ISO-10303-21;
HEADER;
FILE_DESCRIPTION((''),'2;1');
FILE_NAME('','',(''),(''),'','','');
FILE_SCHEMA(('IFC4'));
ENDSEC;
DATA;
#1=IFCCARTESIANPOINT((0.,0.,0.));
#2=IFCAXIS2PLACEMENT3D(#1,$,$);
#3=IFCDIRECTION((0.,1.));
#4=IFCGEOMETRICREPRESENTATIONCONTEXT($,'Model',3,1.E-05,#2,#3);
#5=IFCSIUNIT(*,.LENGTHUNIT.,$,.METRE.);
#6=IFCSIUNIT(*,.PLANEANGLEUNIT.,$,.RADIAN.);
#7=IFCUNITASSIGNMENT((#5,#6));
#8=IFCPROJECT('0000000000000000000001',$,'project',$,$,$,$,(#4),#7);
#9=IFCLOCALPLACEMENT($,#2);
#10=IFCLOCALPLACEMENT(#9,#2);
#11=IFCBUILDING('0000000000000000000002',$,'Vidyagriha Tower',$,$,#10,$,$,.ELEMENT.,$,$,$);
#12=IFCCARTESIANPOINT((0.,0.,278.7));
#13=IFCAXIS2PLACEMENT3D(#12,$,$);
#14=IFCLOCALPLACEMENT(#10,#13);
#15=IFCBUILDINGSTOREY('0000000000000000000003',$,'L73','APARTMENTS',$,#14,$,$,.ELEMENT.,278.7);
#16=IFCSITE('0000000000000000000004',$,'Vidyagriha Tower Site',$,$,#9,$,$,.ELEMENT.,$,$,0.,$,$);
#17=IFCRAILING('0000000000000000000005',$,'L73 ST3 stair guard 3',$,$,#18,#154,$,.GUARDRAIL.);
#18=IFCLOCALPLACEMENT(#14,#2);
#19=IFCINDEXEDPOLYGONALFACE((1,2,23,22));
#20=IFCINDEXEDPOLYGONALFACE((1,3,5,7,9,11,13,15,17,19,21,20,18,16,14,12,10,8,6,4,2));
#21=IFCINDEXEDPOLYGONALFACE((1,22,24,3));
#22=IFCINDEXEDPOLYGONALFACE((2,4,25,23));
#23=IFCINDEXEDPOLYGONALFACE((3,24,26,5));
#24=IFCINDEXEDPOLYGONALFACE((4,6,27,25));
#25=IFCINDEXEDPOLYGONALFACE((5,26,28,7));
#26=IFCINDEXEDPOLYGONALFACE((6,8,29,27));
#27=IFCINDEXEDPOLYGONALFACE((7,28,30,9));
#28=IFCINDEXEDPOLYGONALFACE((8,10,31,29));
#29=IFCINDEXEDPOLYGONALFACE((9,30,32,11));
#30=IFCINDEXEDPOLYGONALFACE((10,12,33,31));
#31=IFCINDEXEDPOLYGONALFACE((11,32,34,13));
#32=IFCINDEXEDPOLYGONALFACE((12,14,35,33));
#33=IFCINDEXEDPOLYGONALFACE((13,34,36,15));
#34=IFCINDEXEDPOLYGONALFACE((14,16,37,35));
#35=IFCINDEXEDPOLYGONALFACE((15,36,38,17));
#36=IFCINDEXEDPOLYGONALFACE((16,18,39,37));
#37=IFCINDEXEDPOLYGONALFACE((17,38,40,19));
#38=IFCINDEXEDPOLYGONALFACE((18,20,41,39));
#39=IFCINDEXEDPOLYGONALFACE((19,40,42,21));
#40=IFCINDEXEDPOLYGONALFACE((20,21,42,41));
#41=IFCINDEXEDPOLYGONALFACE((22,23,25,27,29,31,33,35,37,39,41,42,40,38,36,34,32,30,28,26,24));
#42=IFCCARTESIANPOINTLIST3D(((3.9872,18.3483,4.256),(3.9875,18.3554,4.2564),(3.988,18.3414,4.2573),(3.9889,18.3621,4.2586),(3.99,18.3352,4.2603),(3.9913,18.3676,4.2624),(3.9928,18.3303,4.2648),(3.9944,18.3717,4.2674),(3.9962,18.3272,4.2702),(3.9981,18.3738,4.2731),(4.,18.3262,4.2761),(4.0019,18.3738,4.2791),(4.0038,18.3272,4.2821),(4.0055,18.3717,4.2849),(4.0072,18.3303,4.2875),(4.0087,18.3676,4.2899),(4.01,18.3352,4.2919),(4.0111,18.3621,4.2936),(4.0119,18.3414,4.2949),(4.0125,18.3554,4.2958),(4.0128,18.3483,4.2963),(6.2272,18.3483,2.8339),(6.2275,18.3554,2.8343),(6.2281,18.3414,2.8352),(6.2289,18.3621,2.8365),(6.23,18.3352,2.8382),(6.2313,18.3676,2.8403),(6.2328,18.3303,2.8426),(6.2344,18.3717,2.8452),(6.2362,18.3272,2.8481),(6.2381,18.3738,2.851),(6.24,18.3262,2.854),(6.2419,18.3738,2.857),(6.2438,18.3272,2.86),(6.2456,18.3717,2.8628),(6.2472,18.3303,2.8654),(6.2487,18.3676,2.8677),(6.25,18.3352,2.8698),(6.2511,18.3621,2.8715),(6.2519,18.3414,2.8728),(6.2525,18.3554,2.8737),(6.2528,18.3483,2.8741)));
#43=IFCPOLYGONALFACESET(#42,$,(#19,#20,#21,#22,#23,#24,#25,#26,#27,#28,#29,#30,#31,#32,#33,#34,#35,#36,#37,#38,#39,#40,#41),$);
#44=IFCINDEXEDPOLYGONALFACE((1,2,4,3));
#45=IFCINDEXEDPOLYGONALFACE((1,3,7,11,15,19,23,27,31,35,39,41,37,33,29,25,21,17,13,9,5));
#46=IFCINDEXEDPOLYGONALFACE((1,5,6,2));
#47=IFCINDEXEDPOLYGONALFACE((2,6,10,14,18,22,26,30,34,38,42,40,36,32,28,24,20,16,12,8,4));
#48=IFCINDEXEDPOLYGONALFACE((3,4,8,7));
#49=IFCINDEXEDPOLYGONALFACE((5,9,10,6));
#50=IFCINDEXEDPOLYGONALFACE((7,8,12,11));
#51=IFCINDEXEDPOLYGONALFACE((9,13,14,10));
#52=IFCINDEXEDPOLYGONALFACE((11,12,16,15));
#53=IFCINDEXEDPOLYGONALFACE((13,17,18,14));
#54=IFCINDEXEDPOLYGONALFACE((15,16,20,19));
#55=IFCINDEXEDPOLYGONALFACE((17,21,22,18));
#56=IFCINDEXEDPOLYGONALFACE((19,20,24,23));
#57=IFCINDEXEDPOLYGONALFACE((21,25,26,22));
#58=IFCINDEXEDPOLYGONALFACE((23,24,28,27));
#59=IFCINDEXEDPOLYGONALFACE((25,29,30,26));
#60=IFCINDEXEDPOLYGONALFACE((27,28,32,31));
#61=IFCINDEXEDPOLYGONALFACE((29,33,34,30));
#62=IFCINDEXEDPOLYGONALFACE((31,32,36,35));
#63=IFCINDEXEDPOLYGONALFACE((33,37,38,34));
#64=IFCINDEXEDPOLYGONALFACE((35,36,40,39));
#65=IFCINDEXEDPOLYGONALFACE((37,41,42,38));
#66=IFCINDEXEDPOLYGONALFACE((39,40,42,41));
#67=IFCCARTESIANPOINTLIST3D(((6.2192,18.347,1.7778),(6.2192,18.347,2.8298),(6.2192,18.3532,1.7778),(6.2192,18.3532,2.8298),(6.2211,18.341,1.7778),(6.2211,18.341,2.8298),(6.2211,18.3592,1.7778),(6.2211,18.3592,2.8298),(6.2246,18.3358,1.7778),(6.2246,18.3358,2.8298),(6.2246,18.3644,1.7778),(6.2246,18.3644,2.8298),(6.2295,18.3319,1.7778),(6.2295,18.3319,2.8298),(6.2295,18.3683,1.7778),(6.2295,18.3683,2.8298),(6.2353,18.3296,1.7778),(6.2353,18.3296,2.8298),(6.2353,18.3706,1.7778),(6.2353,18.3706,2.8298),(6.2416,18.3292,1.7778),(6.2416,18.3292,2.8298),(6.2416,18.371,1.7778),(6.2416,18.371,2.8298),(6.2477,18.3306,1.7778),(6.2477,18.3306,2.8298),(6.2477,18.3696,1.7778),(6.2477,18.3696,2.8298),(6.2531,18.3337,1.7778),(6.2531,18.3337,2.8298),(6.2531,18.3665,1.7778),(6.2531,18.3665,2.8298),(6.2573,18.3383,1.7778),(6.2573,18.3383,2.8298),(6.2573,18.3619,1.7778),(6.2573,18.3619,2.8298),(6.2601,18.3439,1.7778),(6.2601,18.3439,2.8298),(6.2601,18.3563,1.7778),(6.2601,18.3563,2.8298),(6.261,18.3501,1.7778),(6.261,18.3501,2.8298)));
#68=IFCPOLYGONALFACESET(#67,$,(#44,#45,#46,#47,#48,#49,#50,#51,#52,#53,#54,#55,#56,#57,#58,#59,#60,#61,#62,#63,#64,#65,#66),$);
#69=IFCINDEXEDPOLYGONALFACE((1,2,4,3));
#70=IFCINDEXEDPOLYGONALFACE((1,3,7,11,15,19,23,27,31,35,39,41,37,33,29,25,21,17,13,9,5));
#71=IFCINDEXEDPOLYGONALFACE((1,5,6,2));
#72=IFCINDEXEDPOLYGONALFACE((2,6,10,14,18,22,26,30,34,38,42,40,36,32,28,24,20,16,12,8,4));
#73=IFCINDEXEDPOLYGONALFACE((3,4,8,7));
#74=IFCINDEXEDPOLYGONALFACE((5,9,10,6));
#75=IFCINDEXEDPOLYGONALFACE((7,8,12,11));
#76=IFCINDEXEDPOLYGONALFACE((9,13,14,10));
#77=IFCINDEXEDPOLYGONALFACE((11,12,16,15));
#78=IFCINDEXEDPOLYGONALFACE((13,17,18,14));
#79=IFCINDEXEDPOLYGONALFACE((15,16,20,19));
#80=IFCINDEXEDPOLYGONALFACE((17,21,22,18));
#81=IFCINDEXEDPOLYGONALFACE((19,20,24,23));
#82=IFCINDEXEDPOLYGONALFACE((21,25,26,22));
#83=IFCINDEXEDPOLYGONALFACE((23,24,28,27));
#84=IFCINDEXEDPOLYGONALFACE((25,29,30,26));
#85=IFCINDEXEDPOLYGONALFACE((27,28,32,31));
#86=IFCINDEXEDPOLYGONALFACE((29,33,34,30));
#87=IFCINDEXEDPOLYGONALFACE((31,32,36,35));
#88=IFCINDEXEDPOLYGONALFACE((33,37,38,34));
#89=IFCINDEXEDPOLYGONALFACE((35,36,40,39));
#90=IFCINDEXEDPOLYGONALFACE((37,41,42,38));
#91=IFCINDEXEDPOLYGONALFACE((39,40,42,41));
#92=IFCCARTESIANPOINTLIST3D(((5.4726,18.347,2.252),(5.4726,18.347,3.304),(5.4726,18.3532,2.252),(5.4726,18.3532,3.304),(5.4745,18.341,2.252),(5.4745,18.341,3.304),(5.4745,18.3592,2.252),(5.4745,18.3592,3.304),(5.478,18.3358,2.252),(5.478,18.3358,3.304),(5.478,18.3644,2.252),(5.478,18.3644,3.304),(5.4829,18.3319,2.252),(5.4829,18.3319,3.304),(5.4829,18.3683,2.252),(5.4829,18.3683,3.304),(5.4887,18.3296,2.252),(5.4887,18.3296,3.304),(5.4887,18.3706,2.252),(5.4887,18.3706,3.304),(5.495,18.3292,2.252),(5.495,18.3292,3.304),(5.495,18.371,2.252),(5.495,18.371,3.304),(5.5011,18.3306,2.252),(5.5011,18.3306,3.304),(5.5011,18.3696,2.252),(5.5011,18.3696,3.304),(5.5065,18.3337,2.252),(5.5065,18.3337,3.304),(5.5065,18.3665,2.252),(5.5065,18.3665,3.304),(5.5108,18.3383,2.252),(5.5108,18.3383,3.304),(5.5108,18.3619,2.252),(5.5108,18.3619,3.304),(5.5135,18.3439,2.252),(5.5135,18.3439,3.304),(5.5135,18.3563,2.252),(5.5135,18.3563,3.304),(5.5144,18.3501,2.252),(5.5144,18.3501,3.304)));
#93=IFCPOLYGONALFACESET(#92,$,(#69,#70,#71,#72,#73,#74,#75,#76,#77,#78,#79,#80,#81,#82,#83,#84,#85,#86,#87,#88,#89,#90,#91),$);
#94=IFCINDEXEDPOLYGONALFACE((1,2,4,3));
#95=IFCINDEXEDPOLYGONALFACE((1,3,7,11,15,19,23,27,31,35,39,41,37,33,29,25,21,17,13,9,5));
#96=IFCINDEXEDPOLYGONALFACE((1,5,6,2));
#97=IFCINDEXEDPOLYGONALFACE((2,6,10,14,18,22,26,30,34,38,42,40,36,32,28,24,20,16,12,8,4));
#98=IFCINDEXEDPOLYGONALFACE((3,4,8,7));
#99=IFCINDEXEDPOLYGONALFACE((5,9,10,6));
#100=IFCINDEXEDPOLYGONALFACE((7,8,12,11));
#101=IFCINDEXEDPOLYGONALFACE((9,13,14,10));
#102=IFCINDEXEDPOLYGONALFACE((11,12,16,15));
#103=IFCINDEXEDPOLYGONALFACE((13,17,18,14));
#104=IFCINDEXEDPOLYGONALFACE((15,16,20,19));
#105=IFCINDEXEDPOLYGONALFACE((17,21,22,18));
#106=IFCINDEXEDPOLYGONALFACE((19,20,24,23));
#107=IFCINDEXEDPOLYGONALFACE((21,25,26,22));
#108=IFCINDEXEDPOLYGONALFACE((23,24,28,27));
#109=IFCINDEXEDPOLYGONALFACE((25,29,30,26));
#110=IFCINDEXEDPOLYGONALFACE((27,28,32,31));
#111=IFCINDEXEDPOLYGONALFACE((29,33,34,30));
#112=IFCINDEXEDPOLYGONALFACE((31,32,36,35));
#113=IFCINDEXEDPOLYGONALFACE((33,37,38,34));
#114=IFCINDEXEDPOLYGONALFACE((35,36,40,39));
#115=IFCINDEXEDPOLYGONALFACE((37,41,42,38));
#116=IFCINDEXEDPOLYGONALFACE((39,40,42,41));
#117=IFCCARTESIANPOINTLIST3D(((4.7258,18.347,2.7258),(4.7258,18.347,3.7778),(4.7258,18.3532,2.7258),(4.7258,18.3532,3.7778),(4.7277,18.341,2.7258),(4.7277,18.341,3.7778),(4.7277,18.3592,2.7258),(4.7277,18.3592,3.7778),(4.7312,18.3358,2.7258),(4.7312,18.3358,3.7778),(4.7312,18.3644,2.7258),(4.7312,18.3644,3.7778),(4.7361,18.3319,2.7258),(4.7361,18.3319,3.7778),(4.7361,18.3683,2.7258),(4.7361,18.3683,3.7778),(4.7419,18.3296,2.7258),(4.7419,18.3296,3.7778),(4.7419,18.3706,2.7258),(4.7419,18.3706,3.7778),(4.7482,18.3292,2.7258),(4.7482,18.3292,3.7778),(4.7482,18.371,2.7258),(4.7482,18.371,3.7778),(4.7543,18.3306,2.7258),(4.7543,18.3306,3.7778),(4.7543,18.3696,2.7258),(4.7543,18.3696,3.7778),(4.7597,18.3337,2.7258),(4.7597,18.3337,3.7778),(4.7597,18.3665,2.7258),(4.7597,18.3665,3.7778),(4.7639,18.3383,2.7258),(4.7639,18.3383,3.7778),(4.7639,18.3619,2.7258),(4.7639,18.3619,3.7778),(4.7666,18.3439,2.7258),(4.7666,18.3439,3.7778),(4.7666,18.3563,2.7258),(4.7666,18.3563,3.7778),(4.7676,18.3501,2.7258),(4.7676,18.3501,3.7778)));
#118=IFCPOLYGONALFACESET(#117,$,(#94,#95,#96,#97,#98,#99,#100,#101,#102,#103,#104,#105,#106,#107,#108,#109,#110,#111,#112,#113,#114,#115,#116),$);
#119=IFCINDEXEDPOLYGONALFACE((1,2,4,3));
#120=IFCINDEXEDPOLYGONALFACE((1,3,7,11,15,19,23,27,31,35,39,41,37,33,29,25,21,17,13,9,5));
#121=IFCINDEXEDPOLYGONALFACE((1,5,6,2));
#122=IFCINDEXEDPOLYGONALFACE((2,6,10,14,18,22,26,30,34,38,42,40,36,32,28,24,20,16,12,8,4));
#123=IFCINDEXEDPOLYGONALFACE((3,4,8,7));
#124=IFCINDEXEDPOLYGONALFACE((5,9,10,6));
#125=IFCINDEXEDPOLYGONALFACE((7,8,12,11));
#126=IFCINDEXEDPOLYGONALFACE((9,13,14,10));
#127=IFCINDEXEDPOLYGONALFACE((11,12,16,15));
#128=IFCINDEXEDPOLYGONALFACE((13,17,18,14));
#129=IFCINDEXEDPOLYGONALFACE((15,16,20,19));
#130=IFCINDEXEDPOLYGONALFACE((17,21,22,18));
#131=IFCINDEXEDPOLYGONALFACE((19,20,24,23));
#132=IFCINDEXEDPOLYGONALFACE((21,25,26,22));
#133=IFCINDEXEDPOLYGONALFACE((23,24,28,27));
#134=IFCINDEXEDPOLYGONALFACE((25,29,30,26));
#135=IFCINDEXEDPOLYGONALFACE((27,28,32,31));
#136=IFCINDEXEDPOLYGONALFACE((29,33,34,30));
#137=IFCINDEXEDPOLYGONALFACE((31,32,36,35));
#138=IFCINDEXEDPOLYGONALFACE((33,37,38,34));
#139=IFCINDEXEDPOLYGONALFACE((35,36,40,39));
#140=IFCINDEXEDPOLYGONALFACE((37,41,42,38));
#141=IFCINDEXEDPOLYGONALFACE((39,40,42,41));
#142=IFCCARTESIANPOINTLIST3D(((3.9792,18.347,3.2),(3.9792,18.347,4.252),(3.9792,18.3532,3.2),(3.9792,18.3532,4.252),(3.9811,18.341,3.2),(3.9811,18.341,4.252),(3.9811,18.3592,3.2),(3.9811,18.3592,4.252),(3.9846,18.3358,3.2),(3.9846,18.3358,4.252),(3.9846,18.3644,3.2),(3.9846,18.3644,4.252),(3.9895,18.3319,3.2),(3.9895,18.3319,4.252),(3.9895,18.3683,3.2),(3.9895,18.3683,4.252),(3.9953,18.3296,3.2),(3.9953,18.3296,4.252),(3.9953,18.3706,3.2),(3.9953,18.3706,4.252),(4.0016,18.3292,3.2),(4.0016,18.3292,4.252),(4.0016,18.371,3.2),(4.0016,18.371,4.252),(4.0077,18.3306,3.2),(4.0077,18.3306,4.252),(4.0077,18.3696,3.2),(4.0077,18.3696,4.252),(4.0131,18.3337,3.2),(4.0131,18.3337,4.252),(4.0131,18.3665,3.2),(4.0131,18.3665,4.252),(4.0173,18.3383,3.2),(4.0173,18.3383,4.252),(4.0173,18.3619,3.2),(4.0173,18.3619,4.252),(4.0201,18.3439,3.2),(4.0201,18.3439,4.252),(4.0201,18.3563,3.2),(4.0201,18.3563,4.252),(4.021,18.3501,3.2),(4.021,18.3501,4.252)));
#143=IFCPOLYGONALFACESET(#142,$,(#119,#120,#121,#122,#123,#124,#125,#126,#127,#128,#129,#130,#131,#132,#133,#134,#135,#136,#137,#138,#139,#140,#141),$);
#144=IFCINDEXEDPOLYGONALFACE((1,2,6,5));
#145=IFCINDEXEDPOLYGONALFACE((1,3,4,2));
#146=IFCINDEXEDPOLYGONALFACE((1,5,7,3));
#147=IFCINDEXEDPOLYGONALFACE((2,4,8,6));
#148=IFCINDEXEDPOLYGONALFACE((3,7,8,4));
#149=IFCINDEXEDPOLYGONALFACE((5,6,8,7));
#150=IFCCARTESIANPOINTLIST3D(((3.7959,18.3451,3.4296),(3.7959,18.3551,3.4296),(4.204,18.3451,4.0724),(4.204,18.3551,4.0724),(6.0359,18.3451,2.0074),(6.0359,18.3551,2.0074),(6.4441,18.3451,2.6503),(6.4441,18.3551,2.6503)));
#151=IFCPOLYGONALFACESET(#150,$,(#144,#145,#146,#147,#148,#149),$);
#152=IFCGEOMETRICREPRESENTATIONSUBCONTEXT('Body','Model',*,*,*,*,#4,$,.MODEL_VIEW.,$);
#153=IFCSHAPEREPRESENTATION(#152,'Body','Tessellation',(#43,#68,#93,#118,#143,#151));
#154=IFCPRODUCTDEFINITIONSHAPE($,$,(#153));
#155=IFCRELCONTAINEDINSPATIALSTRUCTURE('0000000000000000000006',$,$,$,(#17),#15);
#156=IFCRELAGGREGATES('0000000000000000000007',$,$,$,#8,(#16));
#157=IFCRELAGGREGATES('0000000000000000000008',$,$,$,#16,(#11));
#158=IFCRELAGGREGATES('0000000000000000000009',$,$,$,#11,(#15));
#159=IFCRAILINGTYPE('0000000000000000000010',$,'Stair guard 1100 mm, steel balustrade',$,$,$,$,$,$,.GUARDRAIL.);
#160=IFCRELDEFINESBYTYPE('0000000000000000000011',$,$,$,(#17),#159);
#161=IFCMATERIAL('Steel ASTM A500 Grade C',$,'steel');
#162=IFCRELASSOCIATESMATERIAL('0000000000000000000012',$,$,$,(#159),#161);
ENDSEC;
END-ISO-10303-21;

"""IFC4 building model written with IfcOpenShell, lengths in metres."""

from ifc_helpers import new_model, si_unit, direction, frame, origin, origin_2d, place, context, subcontext, project, spatial, rectangle, circle, extrude, material, type_object, element, save


model = new_model("IFC4")

# Units and contexts
model_context = context("Model", 3, precision=1e-05, world=origin(), true_north=direction((0.0, 1.0)))
body_context = subcontext(model_context, "Body", "Model", "MODEL_VIEW")
ifc_project = project(units=[si_unit("LENGTHUNIT", "METRE"), si_unit("PLANEANGLEUNIT", "RADIAN")], contexts=[model_context])

# Site, building, storey
site_placement = place(None, origin())
site = spatial("IfcSite", under=ifc_project, at=site_placement, Name="Vidyagriha Tower Site", CompositionType="ELEMENT", RefElevation=0.0)
building_placement = place(site_placement, origin())
building = spatial("IfcBuilding", under=site, at=building_placement, Name="Vidyagriha Tower", CompositionType="ELEMENT")
storey_placement = place(building_placement, frame((0.0, 0.0, 278.7)))
storey = spatial("IfcBuildingStorey", under=building, at=storey_placement, Name="L73", Description="APARTMENTS", CompositionType="ELEMENT", Elevation=278.7)

# Railing
ifc_material_1 = material(Name="Steel ASTM A500 Grade C", Category="steel")
railing_type_1 = type_object("IfcRailingType", Name="Stair guard 1100 mm, steel balustrade", PredefinedType="GUARDRAIL", material=ifc_material_1)
railing_1_placement = place(storey_placement, frame((6.24, 18.3501, 1.7778)))
element("IfcRailing", 1, at=railing_1_placement, inside=storey, type_object=railing_type_1, Name="L73 ST3 stair guard 3", PredefinedType="GUARDRAIL", context=body_context, shape_type="SweptSolid", body=[
    extrude(circle(Radius=0.0239, at=origin_2d()), frame((0.0, 0.0, 1.0762), z_axis=(-0.844229, 0.0, 0.535982), x_axis=(0.0, -1.0, 0.0)), (0.0, 0.0, 1.0), 2.6533),
    extrude(circle(Radius=0.021, at=origin_2d()), origin(), (0.0, 0.0, 1.0), 1.052),
    extrude(circle(Radius=0.021, at=origin_2d()), frame((-0.7466, 0.0, 0.4741)), (0.0, 0.0, 1.0), 1.052),
    extrude(circle(Radius=0.021, at=origin_2d()), frame((-1.4934, 0.0, 0.948)), (0.0, 0.0, 1.0), 1.052),
    extrude(circle(Radius=0.021, at=origin_2d()), frame((-2.24, 0.0, 1.4221)), (0.0, 0.0, 1.0), 1.052),
    extrude(rectangle(XDim=0.01, YDim=0.7615, at=origin_2d()), frame((0.0, 0.0, 0.551), z_axis=(-0.844229, 0.0, 0.535982), x_axis=(0.0, -1.0, 0.0)), (0.0, 0.0, 1.0), 2.6533),
])

save(model, "model.ifc")
